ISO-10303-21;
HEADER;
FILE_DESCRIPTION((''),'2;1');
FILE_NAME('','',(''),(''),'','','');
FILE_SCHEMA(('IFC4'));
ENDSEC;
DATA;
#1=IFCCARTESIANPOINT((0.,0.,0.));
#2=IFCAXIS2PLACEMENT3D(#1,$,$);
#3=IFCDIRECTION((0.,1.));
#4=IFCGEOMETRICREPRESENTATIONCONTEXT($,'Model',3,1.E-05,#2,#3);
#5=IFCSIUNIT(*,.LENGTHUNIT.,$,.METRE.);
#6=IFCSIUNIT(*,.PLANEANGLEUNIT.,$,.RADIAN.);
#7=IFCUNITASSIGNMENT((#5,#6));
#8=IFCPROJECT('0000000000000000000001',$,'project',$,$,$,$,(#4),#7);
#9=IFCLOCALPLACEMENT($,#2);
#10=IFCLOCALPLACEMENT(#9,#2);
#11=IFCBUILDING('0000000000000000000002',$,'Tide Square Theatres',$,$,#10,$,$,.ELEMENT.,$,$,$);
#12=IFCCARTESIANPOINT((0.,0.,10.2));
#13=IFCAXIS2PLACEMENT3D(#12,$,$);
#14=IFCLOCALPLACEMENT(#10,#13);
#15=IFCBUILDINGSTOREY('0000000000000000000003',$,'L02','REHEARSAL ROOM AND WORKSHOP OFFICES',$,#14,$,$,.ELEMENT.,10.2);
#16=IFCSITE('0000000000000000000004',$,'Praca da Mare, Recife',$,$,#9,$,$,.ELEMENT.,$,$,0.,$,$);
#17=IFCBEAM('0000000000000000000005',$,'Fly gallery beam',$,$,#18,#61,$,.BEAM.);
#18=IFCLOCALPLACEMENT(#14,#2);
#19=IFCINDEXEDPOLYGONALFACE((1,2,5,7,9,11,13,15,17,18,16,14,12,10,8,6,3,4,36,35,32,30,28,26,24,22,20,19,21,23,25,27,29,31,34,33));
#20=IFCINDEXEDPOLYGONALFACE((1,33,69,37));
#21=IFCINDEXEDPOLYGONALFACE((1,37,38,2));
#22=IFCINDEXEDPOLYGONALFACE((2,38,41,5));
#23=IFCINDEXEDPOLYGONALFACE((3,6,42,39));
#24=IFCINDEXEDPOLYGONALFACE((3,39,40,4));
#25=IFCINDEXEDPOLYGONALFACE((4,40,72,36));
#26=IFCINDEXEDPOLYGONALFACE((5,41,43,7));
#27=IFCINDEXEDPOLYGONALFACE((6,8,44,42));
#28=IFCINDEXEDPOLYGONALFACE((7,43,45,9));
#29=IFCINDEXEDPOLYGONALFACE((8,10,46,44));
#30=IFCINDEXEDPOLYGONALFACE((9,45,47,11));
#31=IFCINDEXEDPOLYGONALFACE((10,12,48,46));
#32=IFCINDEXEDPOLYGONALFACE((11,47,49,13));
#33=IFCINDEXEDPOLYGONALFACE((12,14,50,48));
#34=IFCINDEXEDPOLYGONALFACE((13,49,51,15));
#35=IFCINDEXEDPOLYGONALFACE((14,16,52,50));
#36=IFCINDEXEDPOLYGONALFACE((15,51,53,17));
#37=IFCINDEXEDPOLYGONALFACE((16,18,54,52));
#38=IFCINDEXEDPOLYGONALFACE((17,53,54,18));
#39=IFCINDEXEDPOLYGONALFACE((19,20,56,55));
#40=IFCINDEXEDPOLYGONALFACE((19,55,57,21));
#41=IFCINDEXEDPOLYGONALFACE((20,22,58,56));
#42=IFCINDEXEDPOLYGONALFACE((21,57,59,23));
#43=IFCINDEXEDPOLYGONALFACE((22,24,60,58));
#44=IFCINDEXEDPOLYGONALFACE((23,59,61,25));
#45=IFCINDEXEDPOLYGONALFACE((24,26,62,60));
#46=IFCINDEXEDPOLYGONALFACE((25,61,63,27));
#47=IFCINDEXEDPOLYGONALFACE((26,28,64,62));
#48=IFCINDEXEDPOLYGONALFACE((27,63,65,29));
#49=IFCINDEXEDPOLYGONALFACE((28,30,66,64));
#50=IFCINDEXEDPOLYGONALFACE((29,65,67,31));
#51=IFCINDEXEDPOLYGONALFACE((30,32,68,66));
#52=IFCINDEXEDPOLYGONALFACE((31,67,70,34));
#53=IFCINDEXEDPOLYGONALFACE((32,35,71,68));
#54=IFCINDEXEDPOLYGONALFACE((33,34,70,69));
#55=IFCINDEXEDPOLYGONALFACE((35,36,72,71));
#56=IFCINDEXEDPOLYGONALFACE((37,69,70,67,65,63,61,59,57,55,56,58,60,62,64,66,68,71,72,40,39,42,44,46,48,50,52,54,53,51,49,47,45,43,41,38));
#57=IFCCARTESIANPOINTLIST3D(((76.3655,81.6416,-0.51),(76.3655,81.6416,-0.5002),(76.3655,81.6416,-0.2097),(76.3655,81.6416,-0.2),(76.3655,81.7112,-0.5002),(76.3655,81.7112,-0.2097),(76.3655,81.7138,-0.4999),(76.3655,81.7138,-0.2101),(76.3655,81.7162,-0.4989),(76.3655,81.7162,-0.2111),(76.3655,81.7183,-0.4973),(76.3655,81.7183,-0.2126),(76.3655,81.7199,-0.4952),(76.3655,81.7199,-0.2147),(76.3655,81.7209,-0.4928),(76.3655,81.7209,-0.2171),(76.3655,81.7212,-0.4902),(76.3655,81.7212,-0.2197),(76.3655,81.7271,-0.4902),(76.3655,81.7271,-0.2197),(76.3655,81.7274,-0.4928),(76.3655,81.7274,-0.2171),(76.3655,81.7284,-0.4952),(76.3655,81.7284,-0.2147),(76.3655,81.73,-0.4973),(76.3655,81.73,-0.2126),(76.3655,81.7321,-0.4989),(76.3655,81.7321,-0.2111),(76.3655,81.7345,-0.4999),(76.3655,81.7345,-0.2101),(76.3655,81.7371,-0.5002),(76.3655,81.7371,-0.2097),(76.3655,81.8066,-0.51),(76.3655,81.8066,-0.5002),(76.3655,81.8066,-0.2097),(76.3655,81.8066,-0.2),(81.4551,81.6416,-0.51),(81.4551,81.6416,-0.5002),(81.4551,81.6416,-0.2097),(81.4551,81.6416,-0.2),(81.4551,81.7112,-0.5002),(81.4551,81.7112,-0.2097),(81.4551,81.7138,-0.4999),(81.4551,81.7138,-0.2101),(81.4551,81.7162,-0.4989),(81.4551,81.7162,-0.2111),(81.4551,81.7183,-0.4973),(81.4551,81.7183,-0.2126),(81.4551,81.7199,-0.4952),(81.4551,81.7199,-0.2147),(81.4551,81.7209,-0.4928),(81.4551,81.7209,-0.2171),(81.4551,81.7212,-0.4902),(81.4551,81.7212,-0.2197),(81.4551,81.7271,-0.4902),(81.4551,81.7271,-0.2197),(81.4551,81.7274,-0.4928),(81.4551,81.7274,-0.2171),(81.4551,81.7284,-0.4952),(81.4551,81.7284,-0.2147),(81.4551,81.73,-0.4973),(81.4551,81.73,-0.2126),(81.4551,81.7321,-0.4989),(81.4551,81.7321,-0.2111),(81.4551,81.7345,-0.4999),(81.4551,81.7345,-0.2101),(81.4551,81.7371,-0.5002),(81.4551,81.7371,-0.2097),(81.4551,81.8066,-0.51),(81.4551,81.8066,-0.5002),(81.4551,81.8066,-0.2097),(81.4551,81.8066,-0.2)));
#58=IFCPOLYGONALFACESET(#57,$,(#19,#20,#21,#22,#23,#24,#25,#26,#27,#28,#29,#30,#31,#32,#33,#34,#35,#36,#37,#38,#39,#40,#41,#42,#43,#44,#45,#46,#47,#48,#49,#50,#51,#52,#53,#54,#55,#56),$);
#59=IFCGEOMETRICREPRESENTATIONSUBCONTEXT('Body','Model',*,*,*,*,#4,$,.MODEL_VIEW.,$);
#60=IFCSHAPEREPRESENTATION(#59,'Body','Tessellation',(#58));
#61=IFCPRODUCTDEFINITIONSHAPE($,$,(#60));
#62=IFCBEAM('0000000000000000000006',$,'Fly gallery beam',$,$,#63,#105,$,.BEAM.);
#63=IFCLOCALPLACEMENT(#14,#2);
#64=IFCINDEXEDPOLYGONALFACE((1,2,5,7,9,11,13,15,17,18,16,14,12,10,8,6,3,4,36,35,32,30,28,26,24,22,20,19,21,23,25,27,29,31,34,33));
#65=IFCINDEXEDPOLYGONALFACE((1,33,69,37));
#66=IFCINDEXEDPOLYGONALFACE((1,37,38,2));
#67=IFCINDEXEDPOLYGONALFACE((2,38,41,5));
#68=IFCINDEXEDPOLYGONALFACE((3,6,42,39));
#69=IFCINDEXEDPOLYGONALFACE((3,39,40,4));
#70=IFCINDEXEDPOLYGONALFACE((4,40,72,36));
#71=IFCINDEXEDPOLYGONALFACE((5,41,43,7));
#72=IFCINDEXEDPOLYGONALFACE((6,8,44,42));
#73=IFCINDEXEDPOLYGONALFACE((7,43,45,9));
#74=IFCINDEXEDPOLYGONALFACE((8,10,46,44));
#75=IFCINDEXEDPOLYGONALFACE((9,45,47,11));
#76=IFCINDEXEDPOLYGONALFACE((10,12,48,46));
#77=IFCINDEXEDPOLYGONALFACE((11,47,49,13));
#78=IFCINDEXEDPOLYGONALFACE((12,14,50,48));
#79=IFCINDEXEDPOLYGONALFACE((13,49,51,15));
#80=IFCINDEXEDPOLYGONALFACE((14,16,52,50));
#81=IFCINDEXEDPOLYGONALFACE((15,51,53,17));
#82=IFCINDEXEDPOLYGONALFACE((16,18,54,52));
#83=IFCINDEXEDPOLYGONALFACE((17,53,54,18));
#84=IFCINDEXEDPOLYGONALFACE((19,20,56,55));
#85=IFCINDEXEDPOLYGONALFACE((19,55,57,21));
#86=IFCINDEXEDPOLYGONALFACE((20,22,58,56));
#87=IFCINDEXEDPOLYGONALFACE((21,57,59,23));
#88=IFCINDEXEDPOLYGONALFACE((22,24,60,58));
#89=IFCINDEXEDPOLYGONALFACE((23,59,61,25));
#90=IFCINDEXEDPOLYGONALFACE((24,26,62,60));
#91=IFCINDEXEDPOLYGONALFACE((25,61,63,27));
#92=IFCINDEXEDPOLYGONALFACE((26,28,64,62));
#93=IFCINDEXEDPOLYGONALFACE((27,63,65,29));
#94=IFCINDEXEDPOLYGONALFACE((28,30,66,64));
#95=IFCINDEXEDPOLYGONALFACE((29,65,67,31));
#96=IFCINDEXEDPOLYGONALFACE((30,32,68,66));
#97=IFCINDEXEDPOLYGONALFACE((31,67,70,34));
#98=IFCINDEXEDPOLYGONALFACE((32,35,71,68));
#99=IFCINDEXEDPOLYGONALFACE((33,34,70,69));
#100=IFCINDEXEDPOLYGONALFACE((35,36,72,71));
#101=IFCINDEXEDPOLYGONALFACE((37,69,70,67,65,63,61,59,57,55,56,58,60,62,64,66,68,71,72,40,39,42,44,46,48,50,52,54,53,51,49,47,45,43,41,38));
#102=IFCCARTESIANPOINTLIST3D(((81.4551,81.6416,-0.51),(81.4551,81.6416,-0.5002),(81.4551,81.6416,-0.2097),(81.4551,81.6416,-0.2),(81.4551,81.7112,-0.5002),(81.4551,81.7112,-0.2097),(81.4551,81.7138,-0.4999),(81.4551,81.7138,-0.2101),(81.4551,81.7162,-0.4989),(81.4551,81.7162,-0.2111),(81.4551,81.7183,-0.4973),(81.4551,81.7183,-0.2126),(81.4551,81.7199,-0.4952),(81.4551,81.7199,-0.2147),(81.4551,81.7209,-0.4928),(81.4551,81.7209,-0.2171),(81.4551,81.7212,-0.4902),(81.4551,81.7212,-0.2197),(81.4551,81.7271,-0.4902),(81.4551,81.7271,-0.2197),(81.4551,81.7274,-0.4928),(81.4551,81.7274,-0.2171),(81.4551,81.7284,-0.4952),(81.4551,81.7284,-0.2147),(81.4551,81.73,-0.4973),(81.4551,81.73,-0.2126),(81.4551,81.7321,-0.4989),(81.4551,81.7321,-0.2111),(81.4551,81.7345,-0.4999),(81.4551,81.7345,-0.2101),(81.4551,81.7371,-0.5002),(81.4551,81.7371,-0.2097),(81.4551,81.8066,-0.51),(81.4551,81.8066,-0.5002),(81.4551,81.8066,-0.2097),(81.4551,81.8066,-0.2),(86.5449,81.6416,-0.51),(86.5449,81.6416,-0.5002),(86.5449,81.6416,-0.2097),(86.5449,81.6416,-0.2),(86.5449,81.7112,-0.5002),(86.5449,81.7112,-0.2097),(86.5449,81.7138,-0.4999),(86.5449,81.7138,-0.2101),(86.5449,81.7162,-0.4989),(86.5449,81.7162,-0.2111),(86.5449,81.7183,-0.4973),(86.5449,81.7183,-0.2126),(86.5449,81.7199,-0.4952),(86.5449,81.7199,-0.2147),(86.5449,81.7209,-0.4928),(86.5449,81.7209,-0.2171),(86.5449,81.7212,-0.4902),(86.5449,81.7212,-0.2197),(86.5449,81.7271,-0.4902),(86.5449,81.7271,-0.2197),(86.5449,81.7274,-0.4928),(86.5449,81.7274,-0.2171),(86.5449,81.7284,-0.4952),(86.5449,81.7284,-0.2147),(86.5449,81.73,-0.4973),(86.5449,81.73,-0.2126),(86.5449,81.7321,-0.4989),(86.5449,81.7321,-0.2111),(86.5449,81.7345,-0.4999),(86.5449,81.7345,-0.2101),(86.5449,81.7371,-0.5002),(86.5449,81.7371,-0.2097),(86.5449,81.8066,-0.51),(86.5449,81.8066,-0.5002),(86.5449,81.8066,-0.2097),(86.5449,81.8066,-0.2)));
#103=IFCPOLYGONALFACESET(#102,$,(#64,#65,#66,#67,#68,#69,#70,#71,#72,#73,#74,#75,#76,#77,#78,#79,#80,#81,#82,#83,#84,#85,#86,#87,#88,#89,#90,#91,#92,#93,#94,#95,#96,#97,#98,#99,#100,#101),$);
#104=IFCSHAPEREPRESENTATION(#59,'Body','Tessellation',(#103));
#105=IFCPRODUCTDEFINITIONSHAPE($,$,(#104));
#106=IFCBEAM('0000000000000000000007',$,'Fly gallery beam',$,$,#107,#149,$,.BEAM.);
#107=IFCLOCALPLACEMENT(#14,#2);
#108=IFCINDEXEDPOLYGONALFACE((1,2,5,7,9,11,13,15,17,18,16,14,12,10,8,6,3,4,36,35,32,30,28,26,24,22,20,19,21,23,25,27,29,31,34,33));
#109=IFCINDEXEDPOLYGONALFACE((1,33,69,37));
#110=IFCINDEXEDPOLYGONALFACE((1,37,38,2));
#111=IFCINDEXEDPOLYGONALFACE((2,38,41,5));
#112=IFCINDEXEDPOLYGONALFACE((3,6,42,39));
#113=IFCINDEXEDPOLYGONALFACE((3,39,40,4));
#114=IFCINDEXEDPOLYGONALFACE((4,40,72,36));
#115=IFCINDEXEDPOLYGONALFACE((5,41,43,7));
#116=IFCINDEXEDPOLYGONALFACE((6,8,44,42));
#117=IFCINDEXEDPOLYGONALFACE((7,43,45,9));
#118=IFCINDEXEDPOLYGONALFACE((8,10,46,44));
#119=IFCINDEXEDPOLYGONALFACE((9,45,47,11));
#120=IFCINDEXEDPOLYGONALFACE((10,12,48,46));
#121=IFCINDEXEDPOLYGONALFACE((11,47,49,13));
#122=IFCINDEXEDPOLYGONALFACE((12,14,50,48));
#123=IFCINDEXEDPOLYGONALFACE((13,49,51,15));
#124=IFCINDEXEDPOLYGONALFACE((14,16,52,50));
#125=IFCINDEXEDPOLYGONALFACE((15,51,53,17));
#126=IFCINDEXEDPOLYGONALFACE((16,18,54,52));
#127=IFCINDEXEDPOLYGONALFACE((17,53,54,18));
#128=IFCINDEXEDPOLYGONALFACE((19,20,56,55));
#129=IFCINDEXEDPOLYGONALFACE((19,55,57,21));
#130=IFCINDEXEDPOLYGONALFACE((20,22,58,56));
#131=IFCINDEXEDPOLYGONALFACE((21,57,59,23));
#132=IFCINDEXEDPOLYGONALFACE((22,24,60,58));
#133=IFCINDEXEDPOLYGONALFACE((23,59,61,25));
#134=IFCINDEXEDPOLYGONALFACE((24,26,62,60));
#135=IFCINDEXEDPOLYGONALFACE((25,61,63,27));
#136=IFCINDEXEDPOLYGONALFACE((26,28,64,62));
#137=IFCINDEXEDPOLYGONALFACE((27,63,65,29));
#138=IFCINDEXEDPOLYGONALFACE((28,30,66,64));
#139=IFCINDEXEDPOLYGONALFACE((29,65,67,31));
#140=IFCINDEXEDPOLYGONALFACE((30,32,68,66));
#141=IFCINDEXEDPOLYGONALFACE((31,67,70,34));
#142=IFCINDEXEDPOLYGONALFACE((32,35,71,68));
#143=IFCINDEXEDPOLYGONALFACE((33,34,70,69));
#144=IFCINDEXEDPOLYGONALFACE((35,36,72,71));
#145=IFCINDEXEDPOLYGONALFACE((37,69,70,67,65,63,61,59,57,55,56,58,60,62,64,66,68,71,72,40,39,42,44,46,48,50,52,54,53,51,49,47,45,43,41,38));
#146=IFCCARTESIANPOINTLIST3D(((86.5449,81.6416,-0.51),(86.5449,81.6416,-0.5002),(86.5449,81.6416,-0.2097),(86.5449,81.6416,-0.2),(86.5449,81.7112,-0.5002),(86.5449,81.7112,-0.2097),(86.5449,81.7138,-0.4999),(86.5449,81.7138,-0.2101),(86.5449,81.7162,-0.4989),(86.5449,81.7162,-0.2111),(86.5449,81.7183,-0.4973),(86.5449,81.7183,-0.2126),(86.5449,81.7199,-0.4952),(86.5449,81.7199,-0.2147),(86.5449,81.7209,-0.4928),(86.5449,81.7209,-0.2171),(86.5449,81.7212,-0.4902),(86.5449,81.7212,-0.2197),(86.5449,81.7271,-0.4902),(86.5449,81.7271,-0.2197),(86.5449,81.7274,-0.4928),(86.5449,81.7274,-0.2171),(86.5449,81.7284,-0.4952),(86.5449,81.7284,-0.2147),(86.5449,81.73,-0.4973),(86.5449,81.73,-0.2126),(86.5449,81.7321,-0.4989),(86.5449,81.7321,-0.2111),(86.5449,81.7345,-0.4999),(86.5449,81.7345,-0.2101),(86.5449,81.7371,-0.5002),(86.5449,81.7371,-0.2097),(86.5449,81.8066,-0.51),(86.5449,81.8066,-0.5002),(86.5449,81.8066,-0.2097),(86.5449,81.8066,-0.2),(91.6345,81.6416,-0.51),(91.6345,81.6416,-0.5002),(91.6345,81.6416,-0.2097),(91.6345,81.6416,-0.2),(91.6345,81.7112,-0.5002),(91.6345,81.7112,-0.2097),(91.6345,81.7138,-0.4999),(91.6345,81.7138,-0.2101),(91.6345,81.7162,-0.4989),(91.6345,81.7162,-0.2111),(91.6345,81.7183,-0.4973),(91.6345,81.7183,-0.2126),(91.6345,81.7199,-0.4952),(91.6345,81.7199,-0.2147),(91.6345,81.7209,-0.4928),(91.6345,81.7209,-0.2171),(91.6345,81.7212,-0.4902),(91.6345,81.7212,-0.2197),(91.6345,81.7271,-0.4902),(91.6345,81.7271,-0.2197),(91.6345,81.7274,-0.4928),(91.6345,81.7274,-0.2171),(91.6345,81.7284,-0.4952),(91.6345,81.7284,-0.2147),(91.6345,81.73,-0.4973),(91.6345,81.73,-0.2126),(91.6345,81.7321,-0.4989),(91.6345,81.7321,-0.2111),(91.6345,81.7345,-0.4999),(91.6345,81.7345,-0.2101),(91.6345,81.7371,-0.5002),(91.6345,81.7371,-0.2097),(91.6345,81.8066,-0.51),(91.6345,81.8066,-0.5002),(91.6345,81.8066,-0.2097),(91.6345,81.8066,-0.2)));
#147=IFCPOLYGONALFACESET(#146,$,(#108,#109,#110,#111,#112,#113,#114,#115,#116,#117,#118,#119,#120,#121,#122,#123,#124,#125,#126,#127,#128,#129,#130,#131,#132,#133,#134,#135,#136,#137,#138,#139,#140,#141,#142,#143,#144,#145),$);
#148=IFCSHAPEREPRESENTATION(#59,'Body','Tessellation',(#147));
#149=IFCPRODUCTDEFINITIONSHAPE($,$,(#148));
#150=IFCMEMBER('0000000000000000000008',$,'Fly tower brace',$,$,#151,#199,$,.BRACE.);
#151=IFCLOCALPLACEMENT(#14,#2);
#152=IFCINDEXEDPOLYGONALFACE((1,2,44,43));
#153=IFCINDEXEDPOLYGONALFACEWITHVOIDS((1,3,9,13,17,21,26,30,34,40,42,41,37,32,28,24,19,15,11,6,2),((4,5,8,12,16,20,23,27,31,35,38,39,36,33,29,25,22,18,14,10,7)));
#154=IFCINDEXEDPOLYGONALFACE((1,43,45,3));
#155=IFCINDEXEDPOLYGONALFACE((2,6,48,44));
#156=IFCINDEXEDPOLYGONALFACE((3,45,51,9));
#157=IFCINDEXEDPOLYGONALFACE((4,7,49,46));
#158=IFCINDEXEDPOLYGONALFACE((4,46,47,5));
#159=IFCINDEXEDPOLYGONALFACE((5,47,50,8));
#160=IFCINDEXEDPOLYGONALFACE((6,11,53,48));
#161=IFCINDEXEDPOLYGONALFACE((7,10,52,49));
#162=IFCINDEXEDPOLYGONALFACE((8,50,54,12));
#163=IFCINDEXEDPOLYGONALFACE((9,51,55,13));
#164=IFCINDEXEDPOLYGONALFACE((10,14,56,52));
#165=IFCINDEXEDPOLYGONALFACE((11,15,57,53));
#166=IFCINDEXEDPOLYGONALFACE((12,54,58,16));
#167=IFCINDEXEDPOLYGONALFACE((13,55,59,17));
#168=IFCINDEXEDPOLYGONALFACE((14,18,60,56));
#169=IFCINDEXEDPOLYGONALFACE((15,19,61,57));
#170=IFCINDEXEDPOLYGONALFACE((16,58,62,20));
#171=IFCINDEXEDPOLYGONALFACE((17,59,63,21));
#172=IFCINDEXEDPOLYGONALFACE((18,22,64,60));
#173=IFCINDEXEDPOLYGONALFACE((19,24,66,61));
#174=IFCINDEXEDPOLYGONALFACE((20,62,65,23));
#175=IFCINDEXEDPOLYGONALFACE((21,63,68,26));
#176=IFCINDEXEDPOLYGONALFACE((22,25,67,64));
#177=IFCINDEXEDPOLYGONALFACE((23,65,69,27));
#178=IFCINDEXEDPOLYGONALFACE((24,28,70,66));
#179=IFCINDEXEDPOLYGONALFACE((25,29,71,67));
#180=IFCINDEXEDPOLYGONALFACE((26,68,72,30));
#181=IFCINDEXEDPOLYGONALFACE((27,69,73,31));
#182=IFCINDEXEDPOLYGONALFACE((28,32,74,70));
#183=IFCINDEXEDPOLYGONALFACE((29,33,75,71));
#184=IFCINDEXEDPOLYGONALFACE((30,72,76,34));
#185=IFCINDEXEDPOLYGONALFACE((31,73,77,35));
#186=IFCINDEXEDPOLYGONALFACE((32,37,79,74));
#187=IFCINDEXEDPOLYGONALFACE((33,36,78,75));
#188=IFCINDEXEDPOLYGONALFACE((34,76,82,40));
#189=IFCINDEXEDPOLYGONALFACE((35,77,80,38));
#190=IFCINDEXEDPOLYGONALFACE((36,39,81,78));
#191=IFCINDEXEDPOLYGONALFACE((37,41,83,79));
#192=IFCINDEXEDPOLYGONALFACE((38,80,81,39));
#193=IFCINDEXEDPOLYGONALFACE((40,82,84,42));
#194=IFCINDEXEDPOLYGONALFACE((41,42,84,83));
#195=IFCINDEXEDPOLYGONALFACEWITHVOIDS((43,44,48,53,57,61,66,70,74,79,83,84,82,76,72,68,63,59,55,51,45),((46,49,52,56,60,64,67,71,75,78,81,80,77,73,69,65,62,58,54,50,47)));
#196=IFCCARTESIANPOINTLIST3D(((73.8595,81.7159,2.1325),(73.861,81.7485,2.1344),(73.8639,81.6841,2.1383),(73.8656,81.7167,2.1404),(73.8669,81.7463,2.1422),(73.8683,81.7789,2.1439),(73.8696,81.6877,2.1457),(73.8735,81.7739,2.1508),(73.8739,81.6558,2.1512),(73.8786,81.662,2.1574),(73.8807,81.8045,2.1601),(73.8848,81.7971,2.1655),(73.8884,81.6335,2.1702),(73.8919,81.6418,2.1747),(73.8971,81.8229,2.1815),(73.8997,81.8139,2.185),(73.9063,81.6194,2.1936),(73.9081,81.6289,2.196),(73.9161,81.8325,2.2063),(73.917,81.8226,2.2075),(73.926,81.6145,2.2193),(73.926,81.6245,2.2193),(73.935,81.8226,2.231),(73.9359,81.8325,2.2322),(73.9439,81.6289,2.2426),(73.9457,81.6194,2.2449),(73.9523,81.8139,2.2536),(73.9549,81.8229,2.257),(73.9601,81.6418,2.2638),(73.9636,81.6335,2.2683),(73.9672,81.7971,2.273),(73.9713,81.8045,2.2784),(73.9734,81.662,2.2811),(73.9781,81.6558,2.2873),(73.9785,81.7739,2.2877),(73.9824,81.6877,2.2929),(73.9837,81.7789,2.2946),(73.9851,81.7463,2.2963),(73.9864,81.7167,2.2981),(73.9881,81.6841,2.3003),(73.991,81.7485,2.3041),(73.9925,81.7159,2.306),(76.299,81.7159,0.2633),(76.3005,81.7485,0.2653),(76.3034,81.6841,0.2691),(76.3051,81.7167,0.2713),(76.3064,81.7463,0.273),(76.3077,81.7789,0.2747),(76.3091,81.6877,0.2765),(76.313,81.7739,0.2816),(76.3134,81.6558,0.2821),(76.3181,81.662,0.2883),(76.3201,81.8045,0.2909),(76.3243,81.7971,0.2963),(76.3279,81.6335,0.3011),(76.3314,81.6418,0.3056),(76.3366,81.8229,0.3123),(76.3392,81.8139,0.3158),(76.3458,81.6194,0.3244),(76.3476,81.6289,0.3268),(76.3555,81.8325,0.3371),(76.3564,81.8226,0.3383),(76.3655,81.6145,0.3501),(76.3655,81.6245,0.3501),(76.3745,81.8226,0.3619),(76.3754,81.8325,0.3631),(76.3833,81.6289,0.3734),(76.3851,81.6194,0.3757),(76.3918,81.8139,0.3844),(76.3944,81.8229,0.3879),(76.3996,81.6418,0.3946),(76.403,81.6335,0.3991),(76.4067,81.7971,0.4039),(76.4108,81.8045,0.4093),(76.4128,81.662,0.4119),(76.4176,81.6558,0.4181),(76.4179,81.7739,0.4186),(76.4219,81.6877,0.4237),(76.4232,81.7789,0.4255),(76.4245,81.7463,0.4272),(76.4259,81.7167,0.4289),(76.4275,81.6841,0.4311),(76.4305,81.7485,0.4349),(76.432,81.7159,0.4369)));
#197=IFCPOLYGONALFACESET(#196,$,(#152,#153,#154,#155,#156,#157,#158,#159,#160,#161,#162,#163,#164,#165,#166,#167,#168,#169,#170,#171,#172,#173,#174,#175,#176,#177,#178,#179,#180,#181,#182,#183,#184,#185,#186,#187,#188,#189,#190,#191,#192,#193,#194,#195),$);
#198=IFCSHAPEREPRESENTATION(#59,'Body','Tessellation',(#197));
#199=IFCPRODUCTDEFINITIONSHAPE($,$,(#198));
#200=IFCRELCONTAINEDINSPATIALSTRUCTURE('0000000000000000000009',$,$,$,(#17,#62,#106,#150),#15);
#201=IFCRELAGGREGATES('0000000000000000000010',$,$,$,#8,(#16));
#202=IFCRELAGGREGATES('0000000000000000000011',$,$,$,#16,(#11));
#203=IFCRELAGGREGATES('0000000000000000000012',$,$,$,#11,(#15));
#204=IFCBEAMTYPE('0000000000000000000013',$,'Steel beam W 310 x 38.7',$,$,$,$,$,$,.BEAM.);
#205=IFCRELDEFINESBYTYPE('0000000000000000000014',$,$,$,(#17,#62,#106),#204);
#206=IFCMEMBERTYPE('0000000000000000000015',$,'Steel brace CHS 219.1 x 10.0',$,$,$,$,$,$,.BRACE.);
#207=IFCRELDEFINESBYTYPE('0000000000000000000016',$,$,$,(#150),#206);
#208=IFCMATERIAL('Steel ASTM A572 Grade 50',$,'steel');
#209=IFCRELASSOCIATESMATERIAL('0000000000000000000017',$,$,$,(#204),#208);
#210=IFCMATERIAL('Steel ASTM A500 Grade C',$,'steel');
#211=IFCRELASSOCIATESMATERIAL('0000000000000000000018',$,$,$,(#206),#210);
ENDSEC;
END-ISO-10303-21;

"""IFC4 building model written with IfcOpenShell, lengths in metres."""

from ifc_helpers import new_model, si_unit, direction, frame, origin, origin_2d, place, context, subcontext, project, spatial, hollow_circle, i_section, extrude, material, material_profile, profile_set, type_object, element, save


model = new_model("IFC4")

# Units and contexts
model_context = context("Model", 3, precision=1e-05, world=origin(), true_north=direction((0.0, 1.0)))
body_context = subcontext(model_context, "Body", "Model", "MODEL_VIEW")
ifc_project = project(units=[si_unit("LENGTHUNIT", "METRE"), si_unit("PLANEANGLEUNIT", "RADIAN")], contexts=[model_context])

# Site, building, storey
site_placement = place(None, origin())
site = spatial("IfcSite", under=ifc_project, at=site_placement, Name="Praca da Mare, Recife", CompositionType="ELEMENT", RefElevation=0.0)
building_placement = place(site_placement, origin())
building = spatial("IfcBuilding", under=site, at=building_placement, Name="Tide Square Theatres", CompositionType="ELEMENT")
storey_placement = place(building_placement, frame((0.0, 0.0, 10.2)))
storey = spatial("IfcBuildingStorey", under=building, at=storey_placement, Name="L02", Description="REHEARSAL ROOM AND WORKSHOP OFFICES", CompositionType="ELEMENT", Elevation=10.2)

# Beams
ifc_material_1 = material(Name="Steel ASTM A572 Grade 50", Category="steel")
ifc_material_profile_1 = material_profile(ifc_material_1, i_section(OverallWidth=0.165, OverallDepth=0.3101, WebThickness=0.0059, FlangeThickness=0.0098, FilletRadius=0.01, at=origin_2d()))
ifc_profile_set_1 = profile_set([ifc_material_profile_1], Name="Steel ASTM A572 Grade 50")
beam_type = type_object("IfcBeamType", Name="Steel beam W 310 x 38.7", PredefinedType="BEAM", material=ifc_profile_set_1)
for number, where, z_axis, x_axis, name in (
    (1, (76.3655, 81.7241, -0.355), (1.0, 0.0, 0.0), (0.0, 1.0, 0.0), "Fly gallery beam"),
):
    element("IfcBeam", number, at=place(storey_placement, frame(where, z_axis=z_axis, x_axis=x_axis)), inside=storey, type_object=beam_type, Name=name, PredefinedType="BEAM", context=body_context, shape_type="SweptSolid", body=[
        extrude(i_section(OverallWidth=0.165, OverallDepth=0.3101, WebThickness=0.0059, FlangeThickness=0.0098, FilletRadius=0.01, at=origin_2d()), origin(), (0.0, 0.0, 1.0), 5.0896),
    ])
beam_1_placement = place(storey_placement, frame((81.4551, 81.7241, -0.355), z_axis=(1.0, 0.0, 0.0), x_axis=(0.0, 1.0, 0.0)))
element("IfcBeam", 2, at=beam_1_placement, inside=storey, type_object=beam_type, Name="Fly gallery beam", PredefinedType="BEAM", context=body_context, shape_type="SweptSolid", body=[
    extrude(i_section(OverallWidth=0.165, OverallDepth=0.3101, WebThickness=0.0059, FlangeThickness=0.0098, FilletRadius=0.01, at=origin_2d()), origin(), (0.0, 0.0, 1.0), 5.0898),
])
beam_2_placement = place(storey_placement, frame((86.5449, 81.7241, -0.355), z_axis=(1.0, 0.0, 0.0), x_axis=(0.0, 1.0, 0.0)))
element("IfcBeam", 3, at=beam_2_placement, inside=storey, type_object=beam_type, Name="Fly gallery beam", PredefinedType="BEAM", context=body_context, shape_type="SweptSolid", body=[
    extrude(i_section(OverallWidth=0.165, OverallDepth=0.3101, WebThickness=0.0059, FlangeThickness=0.0098, FilletRadius=0.01, at=origin_2d()), origin(), (0.0, 0.0, 1.0), 5.0896),
])

# Member
ifc_material_2 = material(Name="Steel ASTM A500 Grade C", Category="steel")
ifc_material_profile_2 = material_profile(ifc_material_2, hollow_circle(Radius=0.1096, WallThickness=0.01, at=origin_2d()))
ifc_profile_set_2 = profile_set([ifc_material_profile_2], Name="Steel ASTM A500 Grade C")
member_type = type_object("IfcMemberType", Name="Steel brace CHS 219.1 x 10.0", PredefinedType="BRACE", material=ifc_profile_set_2)
member_1_placement = place(storey_placement, frame((76.3655, 81.7241, 0.3501), z_axis=(-0.79378, 0.0, 0.608205), x_axis=(0.0, -1.0, 0.0)))
element("IfcMember", 4, at=member_1_placement, inside=storey, type_object=member_type, Name="Fly tower brace", PredefinedType="BRACE", context=body_context, shape_type="SweptSolid", body=[
    extrude(hollow_circle(Radius=0.1096, WallThickness=0.01, at=origin_2d()), origin(), (0.0, 0.0, 1.0), 3.0732),
])

save(model, "model.ifc")
